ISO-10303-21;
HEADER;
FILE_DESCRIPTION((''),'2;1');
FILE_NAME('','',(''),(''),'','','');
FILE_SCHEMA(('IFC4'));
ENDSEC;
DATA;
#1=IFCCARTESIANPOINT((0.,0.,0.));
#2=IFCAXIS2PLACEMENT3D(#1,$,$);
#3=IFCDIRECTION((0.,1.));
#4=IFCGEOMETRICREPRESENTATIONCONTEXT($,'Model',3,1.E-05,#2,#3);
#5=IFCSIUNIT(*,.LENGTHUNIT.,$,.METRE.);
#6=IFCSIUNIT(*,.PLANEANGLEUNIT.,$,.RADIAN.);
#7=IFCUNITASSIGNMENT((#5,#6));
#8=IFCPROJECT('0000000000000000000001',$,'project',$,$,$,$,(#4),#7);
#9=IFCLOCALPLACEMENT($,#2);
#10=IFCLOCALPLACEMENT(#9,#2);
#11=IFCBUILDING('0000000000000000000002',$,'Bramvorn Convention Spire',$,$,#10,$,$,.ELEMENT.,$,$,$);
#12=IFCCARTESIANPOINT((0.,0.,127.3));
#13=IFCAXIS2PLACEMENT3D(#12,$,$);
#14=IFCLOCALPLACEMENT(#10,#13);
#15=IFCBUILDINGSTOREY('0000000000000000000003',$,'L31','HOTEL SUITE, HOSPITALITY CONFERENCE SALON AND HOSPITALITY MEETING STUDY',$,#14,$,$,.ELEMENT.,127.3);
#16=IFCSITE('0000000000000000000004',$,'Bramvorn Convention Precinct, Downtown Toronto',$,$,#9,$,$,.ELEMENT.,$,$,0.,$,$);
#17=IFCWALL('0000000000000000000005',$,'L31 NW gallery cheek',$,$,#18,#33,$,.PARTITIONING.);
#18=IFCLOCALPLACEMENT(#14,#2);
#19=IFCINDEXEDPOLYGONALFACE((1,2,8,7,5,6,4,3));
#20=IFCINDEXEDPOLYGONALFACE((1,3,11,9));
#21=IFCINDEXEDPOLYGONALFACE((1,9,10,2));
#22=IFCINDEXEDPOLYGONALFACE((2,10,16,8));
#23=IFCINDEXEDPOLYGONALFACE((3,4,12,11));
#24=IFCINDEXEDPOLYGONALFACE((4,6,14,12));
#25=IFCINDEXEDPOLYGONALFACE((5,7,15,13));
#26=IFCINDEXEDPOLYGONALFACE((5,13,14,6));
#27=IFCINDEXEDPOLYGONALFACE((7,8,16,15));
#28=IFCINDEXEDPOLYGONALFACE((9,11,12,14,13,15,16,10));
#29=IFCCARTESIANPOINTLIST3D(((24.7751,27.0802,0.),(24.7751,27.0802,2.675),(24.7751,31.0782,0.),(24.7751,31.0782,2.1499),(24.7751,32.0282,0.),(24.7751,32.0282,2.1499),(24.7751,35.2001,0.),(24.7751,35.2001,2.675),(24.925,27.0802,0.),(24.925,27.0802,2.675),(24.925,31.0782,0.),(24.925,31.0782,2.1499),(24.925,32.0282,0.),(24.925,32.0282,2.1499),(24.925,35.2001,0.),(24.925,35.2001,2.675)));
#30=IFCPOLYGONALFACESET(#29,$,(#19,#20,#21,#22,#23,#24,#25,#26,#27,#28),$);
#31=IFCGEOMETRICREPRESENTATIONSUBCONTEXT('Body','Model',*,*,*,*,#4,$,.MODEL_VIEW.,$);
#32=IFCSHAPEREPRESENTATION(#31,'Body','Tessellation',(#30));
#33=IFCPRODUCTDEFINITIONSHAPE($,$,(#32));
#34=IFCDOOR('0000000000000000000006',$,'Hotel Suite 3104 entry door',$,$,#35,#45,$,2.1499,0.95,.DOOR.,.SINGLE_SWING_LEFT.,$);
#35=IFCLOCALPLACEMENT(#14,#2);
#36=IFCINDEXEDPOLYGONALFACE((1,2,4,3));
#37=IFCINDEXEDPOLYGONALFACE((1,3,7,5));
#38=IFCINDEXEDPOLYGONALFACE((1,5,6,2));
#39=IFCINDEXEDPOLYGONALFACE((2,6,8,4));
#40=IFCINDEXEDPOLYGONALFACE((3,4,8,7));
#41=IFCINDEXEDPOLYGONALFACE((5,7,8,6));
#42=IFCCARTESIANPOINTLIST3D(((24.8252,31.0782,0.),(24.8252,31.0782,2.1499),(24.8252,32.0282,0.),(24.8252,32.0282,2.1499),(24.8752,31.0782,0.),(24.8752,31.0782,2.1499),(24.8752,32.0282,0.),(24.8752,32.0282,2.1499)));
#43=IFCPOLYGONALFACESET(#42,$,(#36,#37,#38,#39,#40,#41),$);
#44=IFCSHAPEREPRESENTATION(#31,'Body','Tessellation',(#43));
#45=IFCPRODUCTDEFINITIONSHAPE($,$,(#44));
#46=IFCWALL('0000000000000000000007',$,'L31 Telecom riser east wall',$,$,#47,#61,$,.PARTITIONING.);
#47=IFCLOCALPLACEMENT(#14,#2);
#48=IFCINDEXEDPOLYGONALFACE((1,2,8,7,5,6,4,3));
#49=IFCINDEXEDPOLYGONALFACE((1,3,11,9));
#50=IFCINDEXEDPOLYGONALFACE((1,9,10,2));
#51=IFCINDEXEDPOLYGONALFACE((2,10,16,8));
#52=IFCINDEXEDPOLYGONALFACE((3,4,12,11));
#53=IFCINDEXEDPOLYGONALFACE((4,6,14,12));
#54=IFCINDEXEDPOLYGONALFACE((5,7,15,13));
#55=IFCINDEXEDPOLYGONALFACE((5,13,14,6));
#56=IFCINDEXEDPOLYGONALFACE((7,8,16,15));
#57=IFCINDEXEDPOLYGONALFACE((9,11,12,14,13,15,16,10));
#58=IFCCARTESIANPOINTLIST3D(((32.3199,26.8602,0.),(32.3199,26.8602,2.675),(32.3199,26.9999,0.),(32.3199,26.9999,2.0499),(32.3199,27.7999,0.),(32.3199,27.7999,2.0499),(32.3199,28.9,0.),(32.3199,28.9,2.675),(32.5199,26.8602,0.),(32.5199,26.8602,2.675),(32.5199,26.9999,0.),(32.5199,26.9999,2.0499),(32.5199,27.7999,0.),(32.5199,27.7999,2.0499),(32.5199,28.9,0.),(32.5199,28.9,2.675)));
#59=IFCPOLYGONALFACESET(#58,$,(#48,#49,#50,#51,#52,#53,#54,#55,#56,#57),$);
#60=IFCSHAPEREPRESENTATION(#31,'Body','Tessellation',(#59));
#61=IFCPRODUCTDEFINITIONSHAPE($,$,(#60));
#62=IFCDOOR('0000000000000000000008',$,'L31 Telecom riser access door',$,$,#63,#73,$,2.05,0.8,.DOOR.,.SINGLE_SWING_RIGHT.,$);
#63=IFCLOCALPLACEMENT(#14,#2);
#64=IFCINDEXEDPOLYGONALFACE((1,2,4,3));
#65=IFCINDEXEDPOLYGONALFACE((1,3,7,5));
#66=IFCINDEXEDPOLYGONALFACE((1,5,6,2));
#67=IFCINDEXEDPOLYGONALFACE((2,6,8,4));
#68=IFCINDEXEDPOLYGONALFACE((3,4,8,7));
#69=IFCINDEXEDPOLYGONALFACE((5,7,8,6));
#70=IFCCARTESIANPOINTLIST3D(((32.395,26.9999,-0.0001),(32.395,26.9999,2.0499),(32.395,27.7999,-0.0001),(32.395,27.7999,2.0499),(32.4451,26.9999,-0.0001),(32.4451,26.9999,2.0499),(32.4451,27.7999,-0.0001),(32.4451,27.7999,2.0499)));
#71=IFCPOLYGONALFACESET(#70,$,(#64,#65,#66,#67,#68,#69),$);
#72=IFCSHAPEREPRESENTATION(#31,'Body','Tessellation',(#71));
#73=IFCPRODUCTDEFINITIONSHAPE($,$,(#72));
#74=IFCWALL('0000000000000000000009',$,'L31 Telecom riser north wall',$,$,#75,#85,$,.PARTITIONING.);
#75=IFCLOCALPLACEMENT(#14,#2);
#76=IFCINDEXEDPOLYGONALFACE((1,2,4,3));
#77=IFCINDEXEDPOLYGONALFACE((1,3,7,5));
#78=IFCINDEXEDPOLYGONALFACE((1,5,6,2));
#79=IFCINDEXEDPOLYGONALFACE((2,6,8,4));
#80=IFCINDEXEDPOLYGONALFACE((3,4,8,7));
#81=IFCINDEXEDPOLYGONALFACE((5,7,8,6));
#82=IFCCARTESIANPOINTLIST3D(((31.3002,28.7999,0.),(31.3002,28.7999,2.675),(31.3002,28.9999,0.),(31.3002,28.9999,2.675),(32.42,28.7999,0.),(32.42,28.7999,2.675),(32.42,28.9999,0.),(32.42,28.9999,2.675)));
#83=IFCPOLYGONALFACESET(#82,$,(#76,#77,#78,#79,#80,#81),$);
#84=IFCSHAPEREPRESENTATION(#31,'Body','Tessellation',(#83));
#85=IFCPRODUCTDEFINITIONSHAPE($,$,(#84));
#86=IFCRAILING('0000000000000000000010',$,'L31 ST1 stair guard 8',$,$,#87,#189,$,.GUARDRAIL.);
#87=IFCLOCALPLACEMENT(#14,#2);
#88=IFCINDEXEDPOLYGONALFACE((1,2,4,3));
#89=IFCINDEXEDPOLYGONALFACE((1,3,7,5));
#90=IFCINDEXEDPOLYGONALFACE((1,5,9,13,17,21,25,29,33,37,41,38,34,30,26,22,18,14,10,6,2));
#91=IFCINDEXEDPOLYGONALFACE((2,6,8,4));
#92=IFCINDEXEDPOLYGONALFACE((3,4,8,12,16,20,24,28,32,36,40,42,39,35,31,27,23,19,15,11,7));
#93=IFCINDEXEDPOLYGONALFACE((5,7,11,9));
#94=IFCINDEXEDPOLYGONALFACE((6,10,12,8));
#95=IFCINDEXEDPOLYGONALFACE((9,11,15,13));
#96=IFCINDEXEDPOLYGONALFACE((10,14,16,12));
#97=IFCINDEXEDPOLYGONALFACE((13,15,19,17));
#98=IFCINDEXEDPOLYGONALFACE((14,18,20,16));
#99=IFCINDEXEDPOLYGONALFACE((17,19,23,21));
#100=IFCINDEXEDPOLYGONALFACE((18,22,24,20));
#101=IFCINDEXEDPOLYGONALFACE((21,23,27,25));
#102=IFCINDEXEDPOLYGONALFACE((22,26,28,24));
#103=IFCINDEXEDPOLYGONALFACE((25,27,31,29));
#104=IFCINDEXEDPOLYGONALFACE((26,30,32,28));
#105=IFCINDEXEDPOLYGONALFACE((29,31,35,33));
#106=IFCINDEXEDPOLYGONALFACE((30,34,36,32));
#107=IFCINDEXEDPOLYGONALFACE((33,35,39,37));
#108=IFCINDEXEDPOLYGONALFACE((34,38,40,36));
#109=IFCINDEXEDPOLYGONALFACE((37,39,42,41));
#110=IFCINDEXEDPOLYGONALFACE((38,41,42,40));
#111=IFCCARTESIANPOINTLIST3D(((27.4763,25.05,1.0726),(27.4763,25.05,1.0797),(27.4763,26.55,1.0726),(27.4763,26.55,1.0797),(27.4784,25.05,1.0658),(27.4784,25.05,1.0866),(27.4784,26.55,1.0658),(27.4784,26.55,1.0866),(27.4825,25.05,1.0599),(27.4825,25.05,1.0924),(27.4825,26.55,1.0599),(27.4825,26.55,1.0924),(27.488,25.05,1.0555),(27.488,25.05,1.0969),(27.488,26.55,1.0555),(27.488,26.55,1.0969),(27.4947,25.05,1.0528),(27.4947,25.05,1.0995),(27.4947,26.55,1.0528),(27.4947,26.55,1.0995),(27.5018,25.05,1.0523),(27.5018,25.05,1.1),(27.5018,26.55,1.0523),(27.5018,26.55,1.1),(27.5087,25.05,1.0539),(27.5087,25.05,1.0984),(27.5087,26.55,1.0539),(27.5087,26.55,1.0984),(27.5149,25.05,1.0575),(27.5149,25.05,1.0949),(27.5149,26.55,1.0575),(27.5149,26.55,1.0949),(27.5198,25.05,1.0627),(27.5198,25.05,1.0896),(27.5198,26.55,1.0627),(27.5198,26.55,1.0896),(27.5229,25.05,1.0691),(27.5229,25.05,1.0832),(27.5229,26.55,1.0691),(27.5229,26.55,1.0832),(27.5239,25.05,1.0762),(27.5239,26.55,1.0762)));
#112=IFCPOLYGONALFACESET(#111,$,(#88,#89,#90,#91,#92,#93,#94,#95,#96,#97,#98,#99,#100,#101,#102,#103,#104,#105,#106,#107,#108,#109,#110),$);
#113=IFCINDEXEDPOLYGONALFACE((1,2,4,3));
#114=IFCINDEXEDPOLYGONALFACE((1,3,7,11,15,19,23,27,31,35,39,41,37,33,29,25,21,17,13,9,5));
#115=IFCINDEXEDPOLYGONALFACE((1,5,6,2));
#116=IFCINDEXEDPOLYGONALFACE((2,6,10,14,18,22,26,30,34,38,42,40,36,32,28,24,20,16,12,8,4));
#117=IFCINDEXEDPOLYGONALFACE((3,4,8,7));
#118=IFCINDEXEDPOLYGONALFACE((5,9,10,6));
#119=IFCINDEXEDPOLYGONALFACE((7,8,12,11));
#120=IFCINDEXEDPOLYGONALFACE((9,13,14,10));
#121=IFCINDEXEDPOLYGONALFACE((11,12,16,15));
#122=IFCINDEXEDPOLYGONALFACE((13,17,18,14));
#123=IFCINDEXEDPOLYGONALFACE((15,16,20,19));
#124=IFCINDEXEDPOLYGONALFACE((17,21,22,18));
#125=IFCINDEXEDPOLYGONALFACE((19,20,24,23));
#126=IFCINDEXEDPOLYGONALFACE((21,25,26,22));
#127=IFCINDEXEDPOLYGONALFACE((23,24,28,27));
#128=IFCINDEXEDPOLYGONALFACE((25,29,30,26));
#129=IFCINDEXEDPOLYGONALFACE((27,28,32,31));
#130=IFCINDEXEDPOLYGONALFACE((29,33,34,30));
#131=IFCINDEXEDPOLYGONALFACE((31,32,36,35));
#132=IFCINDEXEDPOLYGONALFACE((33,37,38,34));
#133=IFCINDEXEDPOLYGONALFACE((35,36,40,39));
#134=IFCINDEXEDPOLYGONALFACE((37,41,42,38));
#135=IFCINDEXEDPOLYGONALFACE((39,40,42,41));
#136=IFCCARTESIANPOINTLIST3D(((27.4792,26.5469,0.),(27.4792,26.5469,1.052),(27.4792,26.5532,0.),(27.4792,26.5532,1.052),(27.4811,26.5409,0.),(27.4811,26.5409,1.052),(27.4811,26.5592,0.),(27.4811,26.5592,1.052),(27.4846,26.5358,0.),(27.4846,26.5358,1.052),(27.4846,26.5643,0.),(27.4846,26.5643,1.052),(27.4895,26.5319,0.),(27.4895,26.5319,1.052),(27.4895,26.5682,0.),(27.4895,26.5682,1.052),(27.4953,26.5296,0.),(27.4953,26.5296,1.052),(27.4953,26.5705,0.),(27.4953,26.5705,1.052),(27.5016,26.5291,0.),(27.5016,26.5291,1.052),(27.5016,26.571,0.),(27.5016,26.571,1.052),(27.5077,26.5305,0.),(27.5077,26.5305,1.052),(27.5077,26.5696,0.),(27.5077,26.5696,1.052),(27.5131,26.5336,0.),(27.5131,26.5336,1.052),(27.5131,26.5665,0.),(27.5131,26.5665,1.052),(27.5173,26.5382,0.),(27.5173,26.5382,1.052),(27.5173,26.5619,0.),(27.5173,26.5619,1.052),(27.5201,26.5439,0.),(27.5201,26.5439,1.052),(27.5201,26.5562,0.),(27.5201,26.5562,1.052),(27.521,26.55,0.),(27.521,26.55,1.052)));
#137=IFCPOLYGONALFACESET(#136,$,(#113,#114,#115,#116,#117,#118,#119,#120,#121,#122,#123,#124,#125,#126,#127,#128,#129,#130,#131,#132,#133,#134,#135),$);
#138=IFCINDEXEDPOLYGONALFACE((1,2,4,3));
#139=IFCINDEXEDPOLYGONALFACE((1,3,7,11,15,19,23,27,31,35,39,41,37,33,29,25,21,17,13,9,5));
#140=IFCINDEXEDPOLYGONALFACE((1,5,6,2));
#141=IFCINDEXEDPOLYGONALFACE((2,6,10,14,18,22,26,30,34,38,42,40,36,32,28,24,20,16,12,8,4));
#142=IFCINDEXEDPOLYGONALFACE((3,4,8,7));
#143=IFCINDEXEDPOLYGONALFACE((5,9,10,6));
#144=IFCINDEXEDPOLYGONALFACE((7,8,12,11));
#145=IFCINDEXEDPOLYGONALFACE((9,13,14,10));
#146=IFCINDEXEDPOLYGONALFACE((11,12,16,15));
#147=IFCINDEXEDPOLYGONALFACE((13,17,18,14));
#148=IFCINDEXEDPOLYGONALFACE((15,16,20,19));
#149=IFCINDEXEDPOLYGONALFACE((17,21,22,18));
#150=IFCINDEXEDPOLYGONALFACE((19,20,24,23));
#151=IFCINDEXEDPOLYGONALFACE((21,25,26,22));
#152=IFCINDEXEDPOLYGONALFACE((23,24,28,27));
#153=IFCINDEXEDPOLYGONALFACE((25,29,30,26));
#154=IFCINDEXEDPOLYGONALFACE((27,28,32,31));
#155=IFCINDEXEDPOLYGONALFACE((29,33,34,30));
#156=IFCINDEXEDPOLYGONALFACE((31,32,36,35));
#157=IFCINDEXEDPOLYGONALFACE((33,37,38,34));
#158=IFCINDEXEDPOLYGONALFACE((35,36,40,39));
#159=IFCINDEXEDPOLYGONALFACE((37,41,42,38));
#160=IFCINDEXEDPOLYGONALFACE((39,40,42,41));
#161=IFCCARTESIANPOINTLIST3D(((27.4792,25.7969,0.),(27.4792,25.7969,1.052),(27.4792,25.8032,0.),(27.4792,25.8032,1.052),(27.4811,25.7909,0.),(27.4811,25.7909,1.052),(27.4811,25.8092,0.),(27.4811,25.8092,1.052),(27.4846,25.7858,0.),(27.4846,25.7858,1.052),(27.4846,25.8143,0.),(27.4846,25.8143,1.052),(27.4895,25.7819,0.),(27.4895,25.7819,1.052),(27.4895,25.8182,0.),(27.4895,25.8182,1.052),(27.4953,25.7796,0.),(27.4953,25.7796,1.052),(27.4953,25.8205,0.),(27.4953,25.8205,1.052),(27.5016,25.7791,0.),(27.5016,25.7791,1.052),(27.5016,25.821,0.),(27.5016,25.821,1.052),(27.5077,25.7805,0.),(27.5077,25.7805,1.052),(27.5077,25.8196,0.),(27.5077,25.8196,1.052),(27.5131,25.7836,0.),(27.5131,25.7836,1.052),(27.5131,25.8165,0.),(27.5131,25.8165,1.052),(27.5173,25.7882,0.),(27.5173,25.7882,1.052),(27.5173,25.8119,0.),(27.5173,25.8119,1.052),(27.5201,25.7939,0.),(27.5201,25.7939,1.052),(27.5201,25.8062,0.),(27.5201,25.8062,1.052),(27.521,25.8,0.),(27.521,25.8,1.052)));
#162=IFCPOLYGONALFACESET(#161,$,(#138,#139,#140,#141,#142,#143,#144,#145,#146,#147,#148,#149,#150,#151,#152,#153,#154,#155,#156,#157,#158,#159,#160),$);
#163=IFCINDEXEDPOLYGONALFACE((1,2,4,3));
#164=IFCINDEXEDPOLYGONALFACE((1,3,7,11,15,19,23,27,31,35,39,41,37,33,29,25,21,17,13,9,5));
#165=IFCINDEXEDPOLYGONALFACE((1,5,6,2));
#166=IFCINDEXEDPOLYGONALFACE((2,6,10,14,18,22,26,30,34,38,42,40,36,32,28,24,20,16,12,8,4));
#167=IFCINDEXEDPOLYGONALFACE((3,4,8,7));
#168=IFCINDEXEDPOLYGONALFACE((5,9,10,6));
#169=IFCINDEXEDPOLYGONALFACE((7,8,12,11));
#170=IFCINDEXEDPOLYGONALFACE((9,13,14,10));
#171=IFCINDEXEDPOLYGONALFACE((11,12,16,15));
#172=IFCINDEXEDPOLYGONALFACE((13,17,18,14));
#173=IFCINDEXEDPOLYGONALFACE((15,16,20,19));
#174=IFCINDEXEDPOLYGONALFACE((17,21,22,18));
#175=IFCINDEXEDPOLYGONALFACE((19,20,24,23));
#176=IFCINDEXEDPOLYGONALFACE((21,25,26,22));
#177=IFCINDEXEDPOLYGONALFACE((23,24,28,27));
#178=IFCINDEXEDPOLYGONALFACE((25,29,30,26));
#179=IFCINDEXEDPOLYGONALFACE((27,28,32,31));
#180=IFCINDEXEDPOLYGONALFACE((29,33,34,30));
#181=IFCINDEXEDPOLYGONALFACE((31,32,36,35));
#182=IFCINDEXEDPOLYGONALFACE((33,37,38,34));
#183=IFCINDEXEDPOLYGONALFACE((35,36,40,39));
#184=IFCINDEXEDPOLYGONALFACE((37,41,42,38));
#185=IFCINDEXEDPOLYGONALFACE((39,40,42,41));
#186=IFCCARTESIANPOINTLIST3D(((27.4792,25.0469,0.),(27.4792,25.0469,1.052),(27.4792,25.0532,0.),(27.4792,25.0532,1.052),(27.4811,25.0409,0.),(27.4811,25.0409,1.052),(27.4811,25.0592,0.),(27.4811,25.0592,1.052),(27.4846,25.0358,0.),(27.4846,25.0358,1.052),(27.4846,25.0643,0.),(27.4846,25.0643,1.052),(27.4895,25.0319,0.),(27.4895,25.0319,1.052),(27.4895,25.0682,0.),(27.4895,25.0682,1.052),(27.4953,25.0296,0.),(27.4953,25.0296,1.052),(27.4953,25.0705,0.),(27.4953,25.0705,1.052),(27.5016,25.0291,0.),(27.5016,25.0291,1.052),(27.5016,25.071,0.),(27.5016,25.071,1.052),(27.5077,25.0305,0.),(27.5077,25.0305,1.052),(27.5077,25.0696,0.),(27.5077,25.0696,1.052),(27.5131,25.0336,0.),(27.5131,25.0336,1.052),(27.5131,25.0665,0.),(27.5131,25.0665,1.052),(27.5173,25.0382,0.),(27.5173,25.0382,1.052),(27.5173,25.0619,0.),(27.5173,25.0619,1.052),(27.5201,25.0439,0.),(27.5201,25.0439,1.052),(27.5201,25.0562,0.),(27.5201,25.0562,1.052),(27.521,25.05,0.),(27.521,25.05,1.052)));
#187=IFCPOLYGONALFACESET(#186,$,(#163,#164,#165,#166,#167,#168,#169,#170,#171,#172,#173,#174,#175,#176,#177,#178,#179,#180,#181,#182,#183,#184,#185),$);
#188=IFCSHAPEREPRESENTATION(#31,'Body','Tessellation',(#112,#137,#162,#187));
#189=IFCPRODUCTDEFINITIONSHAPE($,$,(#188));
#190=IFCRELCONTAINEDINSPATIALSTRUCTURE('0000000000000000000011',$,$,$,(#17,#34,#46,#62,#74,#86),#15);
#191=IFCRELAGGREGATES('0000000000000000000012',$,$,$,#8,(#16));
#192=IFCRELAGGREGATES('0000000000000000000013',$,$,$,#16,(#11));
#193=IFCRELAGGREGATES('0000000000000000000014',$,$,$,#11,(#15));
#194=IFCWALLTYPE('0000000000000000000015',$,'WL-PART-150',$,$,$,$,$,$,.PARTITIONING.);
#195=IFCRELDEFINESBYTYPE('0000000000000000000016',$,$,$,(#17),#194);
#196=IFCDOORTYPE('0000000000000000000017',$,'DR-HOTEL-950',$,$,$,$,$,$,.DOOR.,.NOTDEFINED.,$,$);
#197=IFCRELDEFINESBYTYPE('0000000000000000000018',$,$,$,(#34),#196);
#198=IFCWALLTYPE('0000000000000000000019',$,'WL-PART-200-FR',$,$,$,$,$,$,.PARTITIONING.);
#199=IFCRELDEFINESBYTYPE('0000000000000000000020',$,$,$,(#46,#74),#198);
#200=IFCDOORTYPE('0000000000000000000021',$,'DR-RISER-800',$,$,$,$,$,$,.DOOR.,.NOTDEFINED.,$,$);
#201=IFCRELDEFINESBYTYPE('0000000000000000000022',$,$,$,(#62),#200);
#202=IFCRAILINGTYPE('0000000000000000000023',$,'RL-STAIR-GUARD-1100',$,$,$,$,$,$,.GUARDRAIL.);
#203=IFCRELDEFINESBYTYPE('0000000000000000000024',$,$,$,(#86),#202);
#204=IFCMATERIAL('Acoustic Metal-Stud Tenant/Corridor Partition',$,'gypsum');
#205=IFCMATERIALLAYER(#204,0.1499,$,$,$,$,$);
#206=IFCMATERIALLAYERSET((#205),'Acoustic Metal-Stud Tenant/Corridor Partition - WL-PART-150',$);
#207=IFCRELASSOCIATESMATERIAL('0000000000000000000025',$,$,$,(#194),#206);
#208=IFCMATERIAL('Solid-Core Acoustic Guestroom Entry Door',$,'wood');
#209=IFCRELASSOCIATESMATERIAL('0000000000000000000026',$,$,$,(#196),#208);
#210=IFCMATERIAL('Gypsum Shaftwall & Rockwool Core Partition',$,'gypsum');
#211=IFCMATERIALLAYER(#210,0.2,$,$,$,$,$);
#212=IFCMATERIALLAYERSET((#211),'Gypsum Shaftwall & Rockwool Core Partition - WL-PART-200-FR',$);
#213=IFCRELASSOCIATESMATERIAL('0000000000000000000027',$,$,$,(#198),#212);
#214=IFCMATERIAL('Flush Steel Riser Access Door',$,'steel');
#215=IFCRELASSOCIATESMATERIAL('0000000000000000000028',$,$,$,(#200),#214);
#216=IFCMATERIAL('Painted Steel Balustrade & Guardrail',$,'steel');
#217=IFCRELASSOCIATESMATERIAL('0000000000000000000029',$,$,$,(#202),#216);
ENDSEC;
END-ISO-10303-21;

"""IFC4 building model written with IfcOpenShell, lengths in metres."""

from ifc_helpers import new_model, si_unit, direction, frame, frame_2d, origin, origin_2d, place, context, subcontext, project, spatial, rectangle, circle, extrude, material, layer, layer_set, type_object, element, fill, save


model = new_model("IFC4")

# Units and contexts
model_context = context("Model", 3, precision=1e-05, world=origin(), true_north=direction((0.0, 1.0)))
body_context = subcontext(model_context, "Body", "Model", "MODEL_VIEW")
ifc_project = project(units=[si_unit("LENGTHUNIT", "METRE"), si_unit("PLANEANGLEUNIT", "RADIAN")], contexts=[model_context])

# Site, building, storey
site_placement = place(None, origin())
site = spatial("IfcSite", under=ifc_project, at=site_placement, Name="Bramvorn Convention Precinct, Downtown Toronto", CompositionType="ELEMENT", RefElevation=0.0)
building_placement = place(site_placement, origin())
building = spatial("IfcBuilding", under=site, at=building_placement, Name="Bramvorn Convention Spire", CompositionType="ELEMENT")
storey_placement = place(building_placement, frame((0.0, 0.0, 127.3)))
storey = spatial("IfcBuildingStorey", under=building, at=storey_placement, Name="L31", Description="HOTEL SUITE, HOSPITALITY CONFERENCE SALON AND HOSPITALITY MEETING STUDY", CompositionType="ELEMENT", Elevation=127.3)

# Walls, openings, doors
ifc_material_1 = material(Name="Acoustic Metal-Stud Tenant/Corridor Partition", Category="gypsum")
ifc_layer_1 = layer(ifc_material_1, 0.1499)
ifc_layer_set_1 = layer_set([ifc_layer_1], Name="Acoustic Metal-Stud Tenant/Corridor Partition - WL-PART-150")
wall_type_1 = type_object("IfcWallType", Name="WL-PART-150", PredefinedType="PARTITIONING", material=ifc_layer_set_1)
wall_1_placement = place(storey_placement, frame((24.8501, 27.0801, 0.0), z_axis=(0.0, 0.0, 1.0), x_axis=(0.0, 1.0, 0.0)))
wall_1 = element("IfcWall", 1, at=wall_1_placement, inside=storey, type_object=wall_type_1, Name="L31 NW gallery cheek", PredefinedType="PARTITIONING", context=body_context, shape_type="SweptSolid", body=[
    extrude(rectangle(XDim=8.1199, YDim=0.1499, at=frame_2d((4.0601, 0.0))), origin(), (0.0, 0.0, 1.0), 2.675),
])
opening_1_placement = place(wall_1_placement, frame((3.998, 0.0, 0.0)))
opening_1 = element("IfcOpeningElement", 2, at=opening_1_placement, cuts=wall_1, PredefinedType="OPENING", context=body_context, shape_type="SweptSolid", body=[
    extrude(rectangle(XDim=0.95, YDim=2.1499, at=frame_2d((0.4751, 1.075))), frame((0.0, 0.085, 0.0), z_axis=(0.0, -1.0, 0.0), x_axis=(1.0, 0.0, 0.0)), (0.0, 0.0, 1.0), 0.1699),
])
ifc_material_2 = material(Name="Solid-Core Acoustic Guestroom Entry Door", Category="wood")
door_type_1 = type_object("IfcDoorType", Name="DR-HOTEL-950", OperationType="NOTDEFINED", PredefinedType="DOOR", material=ifc_material_2)
door_1_placement = place(opening_1_placement, origin())
door_1 = element("IfcDoor", 3, at=door_1_placement, inside=storey, type_object=door_type_1, Name="Hotel Suite 3104 entry door", OperationType="SINGLE_SWING_LEFT", OverallHeight=2.1499, OverallWidth=0.95, PredefinedType="DOOR", context=body_context, shape_type="SweptSolid", body=[
    extrude(rectangle(XDim=0.95, YDim=2.1499, at=frame_2d((0.4751, 1.075))), frame((0.0, 0.0249, 0.0), z_axis=(0.0, -1.0, 0.0), x_axis=(1.0, 0.0, 0.0)), (0.0, 0.0, 1.0), 0.05),
])
fill(opening_1, door_1)
ifc_material_3 = material(Name="Gypsum Shaftwall & Rockwool Core Partition", Category="gypsum")
ifc_layer_2 = layer(ifc_material_3, 0.2)
ifc_layer_set_2 = layer_set([ifc_layer_2], Name="Gypsum Shaftwall & Rockwool Core Partition - WL-PART-200-FR")
wall_type_2 = type_object("IfcWallType", Name="WL-PART-200-FR", PredefinedType="PARTITIONING", material=ifc_layer_set_2)
wall_2_placement = place(storey_placement, frame((32.4199, 26.8601, 0.0), z_axis=(0.0, 0.0, 1.0), x_axis=(0.0, 1.0, 0.0)))
wall_2 = element("IfcWall", 4, at=wall_2_placement, inside=storey, type_object=wall_type_2, Name="L31 Telecom riser east wall", PredefinedType="PARTITIONING", context=body_context, shape_type="SweptSolid", body=[
    extrude(rectangle(XDim=2.0398, YDim=0.2, at=frame_2d((1.02, 0.0))), origin(), (0.0, 0.0, 1.0), 2.675),
])
opening_2_placement = place(wall_2_placement, frame((0.1399, 0.0, 0.0)))
opening_2 = element("IfcOpeningElement", 5, at=opening_2_placement, cuts=wall_2, PredefinedType="OPENING", context=body_context, shape_type="SweptSolid", body=[
    extrude(rectangle(XDim=0.8, YDim=2.05, at=frame_2d((0.3999, 1.0249))), frame((0.0, 0.1099, 0.0), z_axis=(0.0, -1.0, 0.0), x_axis=(1.0, 0.0, 0.0)), (0.0, 0.0, 1.0), 0.22),
])
ifc_material_4 = material(Name="Flush Steel Riser Access Door", Category="steel")
door_type_2 = type_object("IfcDoorType", Name="DR-RISER-800", OperationType="NOTDEFINED", PredefinedType="DOOR", material=ifc_material_4)
door_2_placement = place(opening_2_placement, origin())
door_2 = element("IfcDoor", 6, at=door_2_placement, inside=storey, type_object=door_type_2, Name="L31 Telecom riser access door", OperationType="SINGLE_SWING_RIGHT", OverallHeight=2.05, OverallWidth=0.8, PredefinedType="DOOR", context=body_context, shape_type="SweptSolid", body=[
    extrude(rectangle(XDim=0.8, YDim=2.05, at=frame_2d((0.3999, 1.0249))), frame((0.0, 0.0249, 0.0), z_axis=(0.0, -1.0, 0.0), x_axis=(1.0, 0.0, 0.0)), (0.0, 0.0, 1.0), 0.05),
])
fill(opening_2, door_2)

# Wall
wall_3_placement = place(storey_placement, frame((31.3, 28.8999, 0.0), z_axis=(0.0, 0.0, 1.0), x_axis=(1.0, 0.0, 0.0)))
element("IfcWall", 7, at=wall_3_placement, inside=storey, type_object=wall_type_2, Name="L31 Telecom riser north wall", PredefinedType="PARTITIONING", context=body_context, shape_type="SweptSolid", body=[
    extrude(rectangle(XDim=1.1199, YDim=0.2, at=frame_2d((0.5601, 0.0))), origin(), (0.0, 0.0, 1.0), 2.675),
])

# Railing
ifc_material_5 = material(Name="Painted Steel Balustrade & Guardrail", Category="steel")
railing_type = type_object("IfcRailingType", Name="RL-STAIR-GUARD-1100", PredefinedType="GUARDRAIL", material=ifc_material_5)
for number, where, name in (
    (8, (27.5, 26.55, 0.0), "L31 ST1 stair guard 8"),
):
    element("IfcRailing", number, at=place(storey_placement, frame(where)), inside=storey, type_object=railing_type, Name=name, PredefinedType="GUARDRAIL", context=body_context, shape_type="SweptSolid", body=[
        extrude(circle(Radius=0.0239, at=origin_2d()), frame((0.0, 0.0, 1.0762), z_axis=(0.0, -1.0, 0.0), x_axis=(1.0, 0.0, 0.0)), (0.0, 0.0, 1.0), 1.5),
        extrude(circle(Radius=0.021, at=origin_2d()), origin(), (0.0, 0.0, 1.0), 1.052),
        extrude(circle(Radius=0.021, at=origin_2d()), frame((0.0, -0.75, 0.0)), (0.0, 0.0, 1.0), 1.052),
        extrude(circle(Radius=0.021, at=origin_2d()), frame((0.0, -1.5, 0.0)), (0.0, 0.0, 1.0), 1.052),
    ])

save(model, "model.ifc")
